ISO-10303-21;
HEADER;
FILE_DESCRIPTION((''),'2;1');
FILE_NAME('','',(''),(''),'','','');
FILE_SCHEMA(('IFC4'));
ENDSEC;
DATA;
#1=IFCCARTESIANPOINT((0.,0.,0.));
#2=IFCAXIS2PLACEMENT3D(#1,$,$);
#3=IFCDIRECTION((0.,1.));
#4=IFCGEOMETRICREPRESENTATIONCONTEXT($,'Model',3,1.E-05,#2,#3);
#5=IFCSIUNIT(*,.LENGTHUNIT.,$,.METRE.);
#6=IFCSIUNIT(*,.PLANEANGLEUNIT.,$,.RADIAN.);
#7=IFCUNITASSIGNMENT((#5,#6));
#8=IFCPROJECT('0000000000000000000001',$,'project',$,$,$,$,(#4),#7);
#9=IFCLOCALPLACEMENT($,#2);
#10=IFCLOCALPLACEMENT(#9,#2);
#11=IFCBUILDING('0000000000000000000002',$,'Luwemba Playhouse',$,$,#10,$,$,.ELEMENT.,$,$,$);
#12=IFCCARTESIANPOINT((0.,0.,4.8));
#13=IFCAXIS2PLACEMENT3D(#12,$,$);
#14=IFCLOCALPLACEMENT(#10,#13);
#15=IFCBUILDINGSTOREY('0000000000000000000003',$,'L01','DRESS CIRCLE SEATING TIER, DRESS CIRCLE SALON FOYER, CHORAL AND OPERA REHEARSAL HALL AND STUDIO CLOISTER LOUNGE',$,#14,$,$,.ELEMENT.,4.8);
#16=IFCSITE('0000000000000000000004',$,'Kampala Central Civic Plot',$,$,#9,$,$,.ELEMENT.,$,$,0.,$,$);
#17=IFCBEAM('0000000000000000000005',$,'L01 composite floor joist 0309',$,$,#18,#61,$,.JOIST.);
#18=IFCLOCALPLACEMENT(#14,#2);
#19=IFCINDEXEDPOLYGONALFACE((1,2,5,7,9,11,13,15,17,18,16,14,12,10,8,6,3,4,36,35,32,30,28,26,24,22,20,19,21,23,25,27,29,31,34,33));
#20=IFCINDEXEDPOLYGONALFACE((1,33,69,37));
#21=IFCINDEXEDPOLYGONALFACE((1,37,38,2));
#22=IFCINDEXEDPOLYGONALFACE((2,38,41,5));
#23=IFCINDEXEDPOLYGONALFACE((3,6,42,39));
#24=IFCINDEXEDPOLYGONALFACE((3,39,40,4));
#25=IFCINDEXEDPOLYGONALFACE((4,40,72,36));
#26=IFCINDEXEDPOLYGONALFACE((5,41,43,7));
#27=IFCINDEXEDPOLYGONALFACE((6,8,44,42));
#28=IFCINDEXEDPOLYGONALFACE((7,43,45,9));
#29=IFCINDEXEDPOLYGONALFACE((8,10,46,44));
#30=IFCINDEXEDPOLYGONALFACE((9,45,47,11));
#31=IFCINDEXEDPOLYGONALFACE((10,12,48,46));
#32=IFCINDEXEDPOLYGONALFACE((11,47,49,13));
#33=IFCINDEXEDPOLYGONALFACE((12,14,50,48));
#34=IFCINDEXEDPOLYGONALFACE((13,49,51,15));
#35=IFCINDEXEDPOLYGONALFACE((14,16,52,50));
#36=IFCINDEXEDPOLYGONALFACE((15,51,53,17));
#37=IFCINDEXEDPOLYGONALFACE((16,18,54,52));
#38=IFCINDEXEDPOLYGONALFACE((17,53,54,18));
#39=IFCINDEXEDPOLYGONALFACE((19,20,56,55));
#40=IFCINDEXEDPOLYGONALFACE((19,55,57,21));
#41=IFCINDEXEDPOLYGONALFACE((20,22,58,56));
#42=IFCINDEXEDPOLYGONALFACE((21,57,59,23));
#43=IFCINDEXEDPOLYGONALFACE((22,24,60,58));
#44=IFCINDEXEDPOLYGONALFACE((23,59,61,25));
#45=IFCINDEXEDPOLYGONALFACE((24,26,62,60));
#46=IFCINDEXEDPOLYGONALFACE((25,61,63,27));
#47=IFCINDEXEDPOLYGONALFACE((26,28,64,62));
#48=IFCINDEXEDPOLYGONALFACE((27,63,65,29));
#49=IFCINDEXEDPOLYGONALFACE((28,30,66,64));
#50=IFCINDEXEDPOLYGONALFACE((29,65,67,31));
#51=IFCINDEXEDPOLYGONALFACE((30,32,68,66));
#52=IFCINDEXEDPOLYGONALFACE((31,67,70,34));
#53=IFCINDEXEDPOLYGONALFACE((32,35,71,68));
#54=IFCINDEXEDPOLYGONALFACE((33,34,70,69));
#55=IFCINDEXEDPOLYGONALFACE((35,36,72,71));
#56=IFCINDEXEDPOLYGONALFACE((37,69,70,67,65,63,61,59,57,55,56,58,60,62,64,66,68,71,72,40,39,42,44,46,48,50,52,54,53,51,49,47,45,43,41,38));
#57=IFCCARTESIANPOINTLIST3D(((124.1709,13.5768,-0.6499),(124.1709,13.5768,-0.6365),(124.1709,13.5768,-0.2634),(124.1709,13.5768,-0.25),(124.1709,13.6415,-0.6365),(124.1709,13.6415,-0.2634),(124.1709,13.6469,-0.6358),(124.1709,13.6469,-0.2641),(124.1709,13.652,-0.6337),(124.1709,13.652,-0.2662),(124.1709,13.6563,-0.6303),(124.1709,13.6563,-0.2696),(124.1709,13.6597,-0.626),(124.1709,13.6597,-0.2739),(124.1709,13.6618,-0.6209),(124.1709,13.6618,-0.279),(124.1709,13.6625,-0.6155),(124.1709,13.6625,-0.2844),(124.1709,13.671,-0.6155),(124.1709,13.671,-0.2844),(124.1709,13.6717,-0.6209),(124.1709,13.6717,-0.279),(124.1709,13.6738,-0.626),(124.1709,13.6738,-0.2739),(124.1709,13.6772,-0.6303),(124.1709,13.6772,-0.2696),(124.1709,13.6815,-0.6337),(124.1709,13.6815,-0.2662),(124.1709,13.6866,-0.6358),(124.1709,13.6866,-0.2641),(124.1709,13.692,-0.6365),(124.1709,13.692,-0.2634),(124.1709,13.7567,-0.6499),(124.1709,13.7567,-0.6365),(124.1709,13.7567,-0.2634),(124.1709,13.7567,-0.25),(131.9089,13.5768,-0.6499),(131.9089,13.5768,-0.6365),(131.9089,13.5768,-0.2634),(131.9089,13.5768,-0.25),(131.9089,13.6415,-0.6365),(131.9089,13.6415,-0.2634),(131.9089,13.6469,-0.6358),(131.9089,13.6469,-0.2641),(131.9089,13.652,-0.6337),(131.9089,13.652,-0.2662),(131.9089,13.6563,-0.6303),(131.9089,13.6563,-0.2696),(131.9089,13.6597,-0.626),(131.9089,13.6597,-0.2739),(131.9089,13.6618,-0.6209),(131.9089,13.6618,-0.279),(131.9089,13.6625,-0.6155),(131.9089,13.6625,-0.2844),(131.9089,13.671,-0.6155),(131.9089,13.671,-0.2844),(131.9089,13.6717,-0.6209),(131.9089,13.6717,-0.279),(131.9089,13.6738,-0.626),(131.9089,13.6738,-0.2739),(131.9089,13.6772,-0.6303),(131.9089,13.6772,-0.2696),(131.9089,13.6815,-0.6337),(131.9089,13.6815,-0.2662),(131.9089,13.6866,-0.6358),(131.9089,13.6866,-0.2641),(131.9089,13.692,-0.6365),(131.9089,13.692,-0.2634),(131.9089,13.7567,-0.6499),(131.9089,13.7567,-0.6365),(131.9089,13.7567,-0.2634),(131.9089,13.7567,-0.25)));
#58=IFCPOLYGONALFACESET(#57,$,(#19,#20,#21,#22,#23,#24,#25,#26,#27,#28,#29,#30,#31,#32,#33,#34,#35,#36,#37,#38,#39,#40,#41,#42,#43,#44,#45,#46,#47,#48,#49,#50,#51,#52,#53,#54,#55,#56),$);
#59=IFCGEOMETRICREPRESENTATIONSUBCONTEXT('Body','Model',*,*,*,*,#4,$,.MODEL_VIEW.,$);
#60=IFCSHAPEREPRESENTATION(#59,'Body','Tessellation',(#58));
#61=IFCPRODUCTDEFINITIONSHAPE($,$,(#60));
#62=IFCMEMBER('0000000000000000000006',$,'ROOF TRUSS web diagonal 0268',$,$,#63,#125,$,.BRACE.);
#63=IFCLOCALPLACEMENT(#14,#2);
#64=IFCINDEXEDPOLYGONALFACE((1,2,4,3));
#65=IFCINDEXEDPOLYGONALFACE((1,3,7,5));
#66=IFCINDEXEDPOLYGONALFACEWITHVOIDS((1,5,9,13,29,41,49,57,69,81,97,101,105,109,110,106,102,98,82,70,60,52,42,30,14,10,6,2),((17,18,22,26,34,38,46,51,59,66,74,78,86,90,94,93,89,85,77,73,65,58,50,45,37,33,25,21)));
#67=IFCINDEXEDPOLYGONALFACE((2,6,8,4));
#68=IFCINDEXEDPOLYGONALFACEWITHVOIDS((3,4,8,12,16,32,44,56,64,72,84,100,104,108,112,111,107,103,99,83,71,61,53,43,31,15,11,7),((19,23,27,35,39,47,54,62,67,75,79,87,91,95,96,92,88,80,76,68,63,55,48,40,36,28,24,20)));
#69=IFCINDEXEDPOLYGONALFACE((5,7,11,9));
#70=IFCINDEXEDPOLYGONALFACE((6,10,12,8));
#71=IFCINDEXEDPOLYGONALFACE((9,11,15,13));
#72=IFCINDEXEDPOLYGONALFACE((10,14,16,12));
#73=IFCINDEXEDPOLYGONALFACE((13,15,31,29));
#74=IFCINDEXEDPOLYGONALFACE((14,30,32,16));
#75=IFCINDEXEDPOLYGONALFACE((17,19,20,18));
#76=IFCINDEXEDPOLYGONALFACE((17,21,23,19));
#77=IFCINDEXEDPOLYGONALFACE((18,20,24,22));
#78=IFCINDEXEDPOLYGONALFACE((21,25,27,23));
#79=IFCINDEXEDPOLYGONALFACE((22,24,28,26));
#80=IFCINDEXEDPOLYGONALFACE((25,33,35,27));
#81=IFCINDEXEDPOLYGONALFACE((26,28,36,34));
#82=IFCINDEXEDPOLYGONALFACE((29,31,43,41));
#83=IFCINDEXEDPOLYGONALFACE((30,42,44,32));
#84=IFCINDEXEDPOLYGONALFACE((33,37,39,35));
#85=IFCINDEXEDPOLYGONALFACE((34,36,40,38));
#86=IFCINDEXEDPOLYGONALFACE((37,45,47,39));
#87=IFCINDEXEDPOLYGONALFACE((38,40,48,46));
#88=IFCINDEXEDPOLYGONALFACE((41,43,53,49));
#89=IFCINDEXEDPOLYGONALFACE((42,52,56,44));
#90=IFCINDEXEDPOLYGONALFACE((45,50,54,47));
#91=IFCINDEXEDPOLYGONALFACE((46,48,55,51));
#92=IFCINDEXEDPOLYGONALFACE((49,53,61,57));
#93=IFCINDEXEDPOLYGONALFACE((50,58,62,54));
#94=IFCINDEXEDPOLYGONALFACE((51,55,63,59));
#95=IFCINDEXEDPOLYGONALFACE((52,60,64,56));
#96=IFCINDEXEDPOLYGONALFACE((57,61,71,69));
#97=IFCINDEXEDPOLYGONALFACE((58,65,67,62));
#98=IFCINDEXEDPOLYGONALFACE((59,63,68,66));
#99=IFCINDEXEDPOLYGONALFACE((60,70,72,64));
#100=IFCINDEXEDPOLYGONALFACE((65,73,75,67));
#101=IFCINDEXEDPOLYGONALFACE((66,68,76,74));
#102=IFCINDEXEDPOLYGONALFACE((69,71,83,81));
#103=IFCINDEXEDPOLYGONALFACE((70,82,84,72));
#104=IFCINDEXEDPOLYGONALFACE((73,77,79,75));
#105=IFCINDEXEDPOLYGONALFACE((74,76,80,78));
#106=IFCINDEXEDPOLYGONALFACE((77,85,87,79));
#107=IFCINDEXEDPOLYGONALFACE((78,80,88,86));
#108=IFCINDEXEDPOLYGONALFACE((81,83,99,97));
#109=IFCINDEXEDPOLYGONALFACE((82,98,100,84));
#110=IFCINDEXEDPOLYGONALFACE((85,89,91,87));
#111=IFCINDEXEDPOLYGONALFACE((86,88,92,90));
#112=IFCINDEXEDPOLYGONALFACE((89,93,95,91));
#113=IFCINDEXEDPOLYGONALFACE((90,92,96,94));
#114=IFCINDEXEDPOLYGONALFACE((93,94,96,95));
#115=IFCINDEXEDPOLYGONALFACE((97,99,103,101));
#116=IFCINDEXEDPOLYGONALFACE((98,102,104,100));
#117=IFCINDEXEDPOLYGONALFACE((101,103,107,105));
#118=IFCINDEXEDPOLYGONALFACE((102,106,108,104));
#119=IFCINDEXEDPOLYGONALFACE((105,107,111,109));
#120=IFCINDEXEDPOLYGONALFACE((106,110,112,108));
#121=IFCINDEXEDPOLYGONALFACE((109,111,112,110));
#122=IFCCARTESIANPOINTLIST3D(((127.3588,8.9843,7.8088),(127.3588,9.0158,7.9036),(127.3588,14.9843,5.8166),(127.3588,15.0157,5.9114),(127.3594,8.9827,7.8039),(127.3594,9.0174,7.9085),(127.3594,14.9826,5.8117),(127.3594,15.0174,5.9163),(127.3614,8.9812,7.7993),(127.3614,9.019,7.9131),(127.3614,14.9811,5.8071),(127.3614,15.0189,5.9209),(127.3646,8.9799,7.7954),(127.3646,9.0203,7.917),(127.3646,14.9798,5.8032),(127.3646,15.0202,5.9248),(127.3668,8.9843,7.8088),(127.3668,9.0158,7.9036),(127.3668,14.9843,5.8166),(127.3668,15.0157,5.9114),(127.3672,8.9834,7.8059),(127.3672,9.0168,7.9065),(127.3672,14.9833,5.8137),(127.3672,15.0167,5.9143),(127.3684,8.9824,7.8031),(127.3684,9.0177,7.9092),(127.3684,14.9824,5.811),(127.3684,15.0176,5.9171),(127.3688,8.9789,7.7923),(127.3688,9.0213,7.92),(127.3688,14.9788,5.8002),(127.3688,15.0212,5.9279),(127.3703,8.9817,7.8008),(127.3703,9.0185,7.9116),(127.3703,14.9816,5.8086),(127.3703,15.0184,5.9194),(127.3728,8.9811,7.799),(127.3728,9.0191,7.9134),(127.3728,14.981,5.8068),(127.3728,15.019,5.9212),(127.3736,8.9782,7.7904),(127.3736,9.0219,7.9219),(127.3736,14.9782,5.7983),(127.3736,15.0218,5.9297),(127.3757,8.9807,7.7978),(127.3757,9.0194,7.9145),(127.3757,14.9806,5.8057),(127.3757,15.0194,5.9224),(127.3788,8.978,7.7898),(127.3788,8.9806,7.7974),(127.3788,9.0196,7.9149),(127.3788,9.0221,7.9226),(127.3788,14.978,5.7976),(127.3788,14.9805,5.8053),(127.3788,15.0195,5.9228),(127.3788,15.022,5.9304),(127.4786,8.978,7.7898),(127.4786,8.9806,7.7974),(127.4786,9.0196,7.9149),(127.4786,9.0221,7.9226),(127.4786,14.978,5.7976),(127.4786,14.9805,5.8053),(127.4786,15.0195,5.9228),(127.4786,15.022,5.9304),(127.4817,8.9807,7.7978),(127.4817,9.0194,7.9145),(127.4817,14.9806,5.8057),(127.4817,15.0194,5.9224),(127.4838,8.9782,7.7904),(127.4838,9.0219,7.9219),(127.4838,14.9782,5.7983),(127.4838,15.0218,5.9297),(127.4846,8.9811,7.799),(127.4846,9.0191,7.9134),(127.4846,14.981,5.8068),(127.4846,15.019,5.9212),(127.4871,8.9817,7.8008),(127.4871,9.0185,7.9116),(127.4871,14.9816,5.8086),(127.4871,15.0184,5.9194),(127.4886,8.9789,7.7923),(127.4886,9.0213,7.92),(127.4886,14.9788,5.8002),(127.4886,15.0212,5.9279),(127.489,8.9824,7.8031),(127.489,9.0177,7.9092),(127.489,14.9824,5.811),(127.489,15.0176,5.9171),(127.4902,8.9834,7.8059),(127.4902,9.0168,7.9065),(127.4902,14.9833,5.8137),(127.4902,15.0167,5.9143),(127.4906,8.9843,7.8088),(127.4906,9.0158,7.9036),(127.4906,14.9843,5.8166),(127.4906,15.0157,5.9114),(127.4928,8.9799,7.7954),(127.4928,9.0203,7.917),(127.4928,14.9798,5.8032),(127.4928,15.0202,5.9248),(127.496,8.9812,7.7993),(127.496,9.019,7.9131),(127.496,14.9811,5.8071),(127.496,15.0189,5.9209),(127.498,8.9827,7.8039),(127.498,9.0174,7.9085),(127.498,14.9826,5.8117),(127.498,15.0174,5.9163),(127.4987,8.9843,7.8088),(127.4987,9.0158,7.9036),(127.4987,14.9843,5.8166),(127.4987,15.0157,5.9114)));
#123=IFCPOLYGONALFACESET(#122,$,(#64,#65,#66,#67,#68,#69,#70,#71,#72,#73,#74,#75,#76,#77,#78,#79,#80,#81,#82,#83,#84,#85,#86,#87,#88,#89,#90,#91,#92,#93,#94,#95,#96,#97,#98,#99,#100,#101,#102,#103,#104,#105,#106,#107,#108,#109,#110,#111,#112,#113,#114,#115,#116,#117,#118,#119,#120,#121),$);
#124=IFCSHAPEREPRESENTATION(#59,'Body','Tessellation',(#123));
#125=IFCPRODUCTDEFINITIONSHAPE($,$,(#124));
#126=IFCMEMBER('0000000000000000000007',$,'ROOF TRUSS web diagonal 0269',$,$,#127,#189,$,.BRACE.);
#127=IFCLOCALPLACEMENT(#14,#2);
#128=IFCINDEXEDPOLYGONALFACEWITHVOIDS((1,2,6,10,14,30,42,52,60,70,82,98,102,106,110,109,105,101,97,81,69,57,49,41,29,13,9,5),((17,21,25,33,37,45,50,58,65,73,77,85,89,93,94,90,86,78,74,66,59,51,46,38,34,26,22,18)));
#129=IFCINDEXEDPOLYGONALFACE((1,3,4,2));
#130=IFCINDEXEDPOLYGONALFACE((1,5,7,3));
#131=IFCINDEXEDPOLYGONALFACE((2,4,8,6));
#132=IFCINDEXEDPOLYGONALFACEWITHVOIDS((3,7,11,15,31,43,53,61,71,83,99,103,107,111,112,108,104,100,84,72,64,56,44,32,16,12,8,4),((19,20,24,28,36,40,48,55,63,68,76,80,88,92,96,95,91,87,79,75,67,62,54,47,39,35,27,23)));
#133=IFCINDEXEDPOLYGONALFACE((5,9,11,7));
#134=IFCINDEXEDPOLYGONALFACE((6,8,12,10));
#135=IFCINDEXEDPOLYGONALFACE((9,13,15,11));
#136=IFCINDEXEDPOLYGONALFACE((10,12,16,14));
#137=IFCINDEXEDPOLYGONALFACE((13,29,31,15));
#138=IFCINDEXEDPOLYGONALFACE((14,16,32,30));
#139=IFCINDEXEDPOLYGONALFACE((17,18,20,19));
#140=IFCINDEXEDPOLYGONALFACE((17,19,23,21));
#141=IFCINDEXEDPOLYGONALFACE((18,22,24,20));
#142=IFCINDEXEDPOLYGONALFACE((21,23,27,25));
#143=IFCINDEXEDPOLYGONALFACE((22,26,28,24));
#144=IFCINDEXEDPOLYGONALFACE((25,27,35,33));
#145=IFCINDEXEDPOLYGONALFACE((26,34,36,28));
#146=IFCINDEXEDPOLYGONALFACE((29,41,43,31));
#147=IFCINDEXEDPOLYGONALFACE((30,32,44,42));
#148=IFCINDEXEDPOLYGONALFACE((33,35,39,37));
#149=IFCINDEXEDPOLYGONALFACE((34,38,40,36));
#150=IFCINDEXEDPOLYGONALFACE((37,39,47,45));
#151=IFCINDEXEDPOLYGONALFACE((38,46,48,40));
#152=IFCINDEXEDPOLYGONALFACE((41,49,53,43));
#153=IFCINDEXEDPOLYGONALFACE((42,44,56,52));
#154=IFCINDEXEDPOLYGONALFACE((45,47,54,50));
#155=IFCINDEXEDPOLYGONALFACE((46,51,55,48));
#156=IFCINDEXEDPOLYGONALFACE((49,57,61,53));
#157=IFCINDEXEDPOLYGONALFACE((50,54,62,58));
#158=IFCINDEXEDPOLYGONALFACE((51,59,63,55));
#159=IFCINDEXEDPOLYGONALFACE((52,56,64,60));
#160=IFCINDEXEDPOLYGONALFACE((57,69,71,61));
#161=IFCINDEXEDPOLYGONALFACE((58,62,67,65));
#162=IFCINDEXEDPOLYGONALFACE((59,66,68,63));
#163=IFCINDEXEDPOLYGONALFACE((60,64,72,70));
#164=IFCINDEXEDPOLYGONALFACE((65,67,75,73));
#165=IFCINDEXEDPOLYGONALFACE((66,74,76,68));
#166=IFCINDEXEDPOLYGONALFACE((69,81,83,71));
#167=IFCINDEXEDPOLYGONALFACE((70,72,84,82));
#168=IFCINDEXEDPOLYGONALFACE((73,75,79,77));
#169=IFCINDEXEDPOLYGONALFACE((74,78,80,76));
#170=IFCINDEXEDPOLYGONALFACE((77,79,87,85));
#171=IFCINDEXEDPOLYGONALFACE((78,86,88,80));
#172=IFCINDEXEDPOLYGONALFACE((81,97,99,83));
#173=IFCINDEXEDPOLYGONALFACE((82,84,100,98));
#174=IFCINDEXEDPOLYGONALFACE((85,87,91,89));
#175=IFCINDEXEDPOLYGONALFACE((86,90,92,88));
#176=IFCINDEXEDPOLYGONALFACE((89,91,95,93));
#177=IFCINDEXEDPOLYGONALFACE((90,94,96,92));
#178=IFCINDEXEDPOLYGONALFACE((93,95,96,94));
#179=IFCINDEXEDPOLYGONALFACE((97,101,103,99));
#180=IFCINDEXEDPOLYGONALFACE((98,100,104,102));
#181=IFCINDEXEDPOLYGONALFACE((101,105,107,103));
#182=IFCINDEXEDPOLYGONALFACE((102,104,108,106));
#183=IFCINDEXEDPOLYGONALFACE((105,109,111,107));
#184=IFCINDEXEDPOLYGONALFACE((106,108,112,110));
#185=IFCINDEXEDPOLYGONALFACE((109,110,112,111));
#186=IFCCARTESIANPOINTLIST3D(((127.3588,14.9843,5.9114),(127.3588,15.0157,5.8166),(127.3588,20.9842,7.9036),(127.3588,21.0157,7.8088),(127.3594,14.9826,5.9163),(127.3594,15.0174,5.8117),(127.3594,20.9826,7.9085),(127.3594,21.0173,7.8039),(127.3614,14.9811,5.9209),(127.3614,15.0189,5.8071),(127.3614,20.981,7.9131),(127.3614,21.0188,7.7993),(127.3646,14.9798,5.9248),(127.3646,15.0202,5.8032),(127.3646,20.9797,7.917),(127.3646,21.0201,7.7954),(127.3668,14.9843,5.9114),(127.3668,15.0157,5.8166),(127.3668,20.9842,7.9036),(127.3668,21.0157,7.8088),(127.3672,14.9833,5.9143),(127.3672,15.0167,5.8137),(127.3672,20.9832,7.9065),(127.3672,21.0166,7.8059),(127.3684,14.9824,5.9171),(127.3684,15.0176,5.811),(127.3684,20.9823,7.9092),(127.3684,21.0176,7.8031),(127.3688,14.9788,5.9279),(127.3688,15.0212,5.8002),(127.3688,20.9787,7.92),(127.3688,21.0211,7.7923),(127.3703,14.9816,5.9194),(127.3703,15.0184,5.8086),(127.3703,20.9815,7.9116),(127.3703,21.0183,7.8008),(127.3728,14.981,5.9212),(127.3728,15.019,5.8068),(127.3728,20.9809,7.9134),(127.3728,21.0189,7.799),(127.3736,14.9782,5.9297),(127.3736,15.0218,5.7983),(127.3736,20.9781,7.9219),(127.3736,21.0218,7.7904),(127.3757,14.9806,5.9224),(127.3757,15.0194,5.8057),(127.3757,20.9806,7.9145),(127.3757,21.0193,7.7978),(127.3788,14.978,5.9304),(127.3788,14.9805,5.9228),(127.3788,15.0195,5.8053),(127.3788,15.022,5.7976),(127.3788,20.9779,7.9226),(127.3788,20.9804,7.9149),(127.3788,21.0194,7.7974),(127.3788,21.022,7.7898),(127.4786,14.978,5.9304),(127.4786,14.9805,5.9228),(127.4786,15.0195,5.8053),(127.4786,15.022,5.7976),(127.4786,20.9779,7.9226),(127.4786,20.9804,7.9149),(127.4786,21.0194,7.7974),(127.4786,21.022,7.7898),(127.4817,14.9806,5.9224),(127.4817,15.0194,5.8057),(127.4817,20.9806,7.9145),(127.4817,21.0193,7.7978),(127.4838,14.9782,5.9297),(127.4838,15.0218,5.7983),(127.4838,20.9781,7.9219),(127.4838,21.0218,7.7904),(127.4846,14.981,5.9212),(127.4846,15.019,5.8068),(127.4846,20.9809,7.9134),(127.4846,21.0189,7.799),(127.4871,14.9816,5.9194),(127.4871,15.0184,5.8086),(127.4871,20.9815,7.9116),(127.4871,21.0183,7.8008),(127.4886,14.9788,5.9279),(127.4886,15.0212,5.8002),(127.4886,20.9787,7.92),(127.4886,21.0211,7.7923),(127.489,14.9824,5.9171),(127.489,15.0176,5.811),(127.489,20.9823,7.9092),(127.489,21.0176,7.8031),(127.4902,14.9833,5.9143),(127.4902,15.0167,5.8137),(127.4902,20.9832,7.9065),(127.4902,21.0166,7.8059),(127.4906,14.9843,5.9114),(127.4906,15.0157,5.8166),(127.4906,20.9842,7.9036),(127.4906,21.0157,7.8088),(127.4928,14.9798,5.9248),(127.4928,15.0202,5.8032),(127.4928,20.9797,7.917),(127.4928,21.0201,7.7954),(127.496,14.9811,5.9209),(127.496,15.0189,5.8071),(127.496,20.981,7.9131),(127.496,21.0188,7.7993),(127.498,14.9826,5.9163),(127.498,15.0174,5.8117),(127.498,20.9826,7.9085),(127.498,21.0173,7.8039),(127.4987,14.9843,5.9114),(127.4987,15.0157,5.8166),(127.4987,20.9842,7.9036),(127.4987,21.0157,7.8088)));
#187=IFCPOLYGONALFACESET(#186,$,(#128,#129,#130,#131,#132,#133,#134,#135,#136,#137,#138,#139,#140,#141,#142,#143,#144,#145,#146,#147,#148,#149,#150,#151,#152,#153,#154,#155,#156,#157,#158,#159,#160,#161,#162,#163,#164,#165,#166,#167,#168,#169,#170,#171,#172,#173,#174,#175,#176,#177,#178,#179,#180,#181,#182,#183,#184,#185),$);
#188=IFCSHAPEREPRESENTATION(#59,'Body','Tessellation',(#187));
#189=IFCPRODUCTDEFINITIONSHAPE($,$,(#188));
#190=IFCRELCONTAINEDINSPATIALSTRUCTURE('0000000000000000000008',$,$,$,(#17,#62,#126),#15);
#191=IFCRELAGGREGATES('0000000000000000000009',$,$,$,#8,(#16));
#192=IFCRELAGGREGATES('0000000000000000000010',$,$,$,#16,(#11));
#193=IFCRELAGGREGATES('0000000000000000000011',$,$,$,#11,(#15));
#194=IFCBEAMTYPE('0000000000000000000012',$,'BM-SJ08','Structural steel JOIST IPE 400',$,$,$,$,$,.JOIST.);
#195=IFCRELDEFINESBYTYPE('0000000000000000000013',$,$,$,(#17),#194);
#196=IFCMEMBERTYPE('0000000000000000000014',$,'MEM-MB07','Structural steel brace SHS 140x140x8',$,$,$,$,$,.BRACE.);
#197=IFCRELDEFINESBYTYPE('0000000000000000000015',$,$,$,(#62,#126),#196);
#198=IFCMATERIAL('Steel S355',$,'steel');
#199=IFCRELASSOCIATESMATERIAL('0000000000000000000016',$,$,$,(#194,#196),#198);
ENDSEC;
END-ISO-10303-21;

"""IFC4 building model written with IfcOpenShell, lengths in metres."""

from ifc_helpers import new_model, si_unit, direction, frame, origin, origin_2d, place, context, subcontext, project, spatial, hollow_rectangle, i_section, extrude, material, material_profile, profile_set, type_object, element, save


model = new_model("IFC4")

# Units and contexts
model_context = context("Model", 3, precision=1e-05, world=origin(), true_north=direction((0.0, 1.0)))
body_context = subcontext(model_context, "Body", "Model", "MODEL_VIEW")
ifc_project = project(units=[si_unit("LENGTHUNIT", "METRE"), si_unit("PLANEANGLEUNIT", "RADIAN")], contexts=[model_context])

# Site, building, storey
site_placement = place(None, origin())
site = spatial("IfcSite", under=ifc_project, at=site_placement, Name="Kampala Central Civic Plot", CompositionType="ELEMENT", RefElevation=0.0)
building_placement = place(site_placement, origin())
building = spatial("IfcBuilding", under=site, at=building_placement, Name="Luwemba Playhouse", CompositionType="ELEMENT")
storey_placement = place(building_placement, frame((0.0, 0.0, 4.8)))
storey = spatial("IfcBuildingStorey", under=building, at=storey_placement, Name="L01", Description="DRESS CIRCLE SEATING TIER, DRESS CIRCLE SALON FOYER, CHORAL AND OPERA REHEARSAL HALL AND STUDIO CLOISTER LOUNGE", CompositionType="ELEMENT", Elevation=4.8)

# Beam
ifc_material_1 = material(Name="Steel S355", Category="steel")
ifc_material_profile_1 = material_profile(ifc_material_1, i_section(OverallWidth=0.1799, OverallDepth=0.3999, WebThickness=0.0085, FlangeThickness=0.0134, FilletRadius=0.021, at=origin_2d()))
ifc_profile_set_1 = profile_set([ifc_material_profile_1], Name="Steel S355")
beam_type_1 = type_object("IfcBeamType", Name="BM-SJ08", Description="Structural steel JOIST IPE 400", PredefinedType="JOIST", material=ifc_profile_set_1)
beam_1_placement = place(storey_placement, frame((124.1709, 13.6667, -0.45), z_axis=(1.0, 0.0, 0.0), x_axis=(0.0, 1.0, 0.0)))
element("IfcBeam", 1, at=beam_1_placement, inside=storey, type_object=beam_type_1, Name="L01 composite floor joist 0309", PredefinedType="JOIST", context=body_context, shape_type="SweptSolid", body=[
    extrude(i_section(OverallWidth=0.1799, OverallDepth=0.3999, WebThickness=0.0085, FlangeThickness=0.0134, FilletRadius=0.021, at=origin_2d()), origin(), (0.0, 0.0, 1.0), 7.738),
])

# Members
ifc_material_profile_2 = material_profile(ifc_material_1, hollow_rectangle(XDim=0.1399, YDim=0.1399, WallThickness=0.0081, InnerFilletRadius=0.012, OuterFilletRadius=0.02, at=origin_2d()))
ifc_profile_set_2 = profile_set([ifc_material_profile_2], Name="Steel S355")
member_type_1 = type_object("IfcMemberType", Name="MEM-MB07", Description="Structural steel brace SHS 140x140x8", PredefinedType="BRACE", material=ifc_profile_set_2)
for number, where, z_axis, x_axis, name in (
    (2, (127.4287, 15.0, 5.864), (0.0, -0.949053, 0.315115), (1.0, 0.0, 0.0), "ROOF TRUSS web diagonal 0268"),
    (3, (127.4287, 15.0, 5.864), (0.0, 0.949053, 0.315115), (-1.0, 0.0, 0.0), "ROOF TRUSS web diagonal 0269"),
):
    element("IfcMember", number, at=place(storey_placement, frame(where, z_axis=z_axis, x_axis=x_axis)), inside=storey, type_object=member_type_1, Name=name, PredefinedType="BRACE", context=body_context, shape_type="SweptSolid", body=[
        extrude(hollow_rectangle(XDim=0.1399, YDim=0.1399, WallThickness=0.0081, InnerFilletRadius=0.012, OuterFilletRadius=0.02, at=origin_2d()), origin(), (0.0, 0.0, 1.0), 6.322),
    ])

save(model, "model.ifc")
